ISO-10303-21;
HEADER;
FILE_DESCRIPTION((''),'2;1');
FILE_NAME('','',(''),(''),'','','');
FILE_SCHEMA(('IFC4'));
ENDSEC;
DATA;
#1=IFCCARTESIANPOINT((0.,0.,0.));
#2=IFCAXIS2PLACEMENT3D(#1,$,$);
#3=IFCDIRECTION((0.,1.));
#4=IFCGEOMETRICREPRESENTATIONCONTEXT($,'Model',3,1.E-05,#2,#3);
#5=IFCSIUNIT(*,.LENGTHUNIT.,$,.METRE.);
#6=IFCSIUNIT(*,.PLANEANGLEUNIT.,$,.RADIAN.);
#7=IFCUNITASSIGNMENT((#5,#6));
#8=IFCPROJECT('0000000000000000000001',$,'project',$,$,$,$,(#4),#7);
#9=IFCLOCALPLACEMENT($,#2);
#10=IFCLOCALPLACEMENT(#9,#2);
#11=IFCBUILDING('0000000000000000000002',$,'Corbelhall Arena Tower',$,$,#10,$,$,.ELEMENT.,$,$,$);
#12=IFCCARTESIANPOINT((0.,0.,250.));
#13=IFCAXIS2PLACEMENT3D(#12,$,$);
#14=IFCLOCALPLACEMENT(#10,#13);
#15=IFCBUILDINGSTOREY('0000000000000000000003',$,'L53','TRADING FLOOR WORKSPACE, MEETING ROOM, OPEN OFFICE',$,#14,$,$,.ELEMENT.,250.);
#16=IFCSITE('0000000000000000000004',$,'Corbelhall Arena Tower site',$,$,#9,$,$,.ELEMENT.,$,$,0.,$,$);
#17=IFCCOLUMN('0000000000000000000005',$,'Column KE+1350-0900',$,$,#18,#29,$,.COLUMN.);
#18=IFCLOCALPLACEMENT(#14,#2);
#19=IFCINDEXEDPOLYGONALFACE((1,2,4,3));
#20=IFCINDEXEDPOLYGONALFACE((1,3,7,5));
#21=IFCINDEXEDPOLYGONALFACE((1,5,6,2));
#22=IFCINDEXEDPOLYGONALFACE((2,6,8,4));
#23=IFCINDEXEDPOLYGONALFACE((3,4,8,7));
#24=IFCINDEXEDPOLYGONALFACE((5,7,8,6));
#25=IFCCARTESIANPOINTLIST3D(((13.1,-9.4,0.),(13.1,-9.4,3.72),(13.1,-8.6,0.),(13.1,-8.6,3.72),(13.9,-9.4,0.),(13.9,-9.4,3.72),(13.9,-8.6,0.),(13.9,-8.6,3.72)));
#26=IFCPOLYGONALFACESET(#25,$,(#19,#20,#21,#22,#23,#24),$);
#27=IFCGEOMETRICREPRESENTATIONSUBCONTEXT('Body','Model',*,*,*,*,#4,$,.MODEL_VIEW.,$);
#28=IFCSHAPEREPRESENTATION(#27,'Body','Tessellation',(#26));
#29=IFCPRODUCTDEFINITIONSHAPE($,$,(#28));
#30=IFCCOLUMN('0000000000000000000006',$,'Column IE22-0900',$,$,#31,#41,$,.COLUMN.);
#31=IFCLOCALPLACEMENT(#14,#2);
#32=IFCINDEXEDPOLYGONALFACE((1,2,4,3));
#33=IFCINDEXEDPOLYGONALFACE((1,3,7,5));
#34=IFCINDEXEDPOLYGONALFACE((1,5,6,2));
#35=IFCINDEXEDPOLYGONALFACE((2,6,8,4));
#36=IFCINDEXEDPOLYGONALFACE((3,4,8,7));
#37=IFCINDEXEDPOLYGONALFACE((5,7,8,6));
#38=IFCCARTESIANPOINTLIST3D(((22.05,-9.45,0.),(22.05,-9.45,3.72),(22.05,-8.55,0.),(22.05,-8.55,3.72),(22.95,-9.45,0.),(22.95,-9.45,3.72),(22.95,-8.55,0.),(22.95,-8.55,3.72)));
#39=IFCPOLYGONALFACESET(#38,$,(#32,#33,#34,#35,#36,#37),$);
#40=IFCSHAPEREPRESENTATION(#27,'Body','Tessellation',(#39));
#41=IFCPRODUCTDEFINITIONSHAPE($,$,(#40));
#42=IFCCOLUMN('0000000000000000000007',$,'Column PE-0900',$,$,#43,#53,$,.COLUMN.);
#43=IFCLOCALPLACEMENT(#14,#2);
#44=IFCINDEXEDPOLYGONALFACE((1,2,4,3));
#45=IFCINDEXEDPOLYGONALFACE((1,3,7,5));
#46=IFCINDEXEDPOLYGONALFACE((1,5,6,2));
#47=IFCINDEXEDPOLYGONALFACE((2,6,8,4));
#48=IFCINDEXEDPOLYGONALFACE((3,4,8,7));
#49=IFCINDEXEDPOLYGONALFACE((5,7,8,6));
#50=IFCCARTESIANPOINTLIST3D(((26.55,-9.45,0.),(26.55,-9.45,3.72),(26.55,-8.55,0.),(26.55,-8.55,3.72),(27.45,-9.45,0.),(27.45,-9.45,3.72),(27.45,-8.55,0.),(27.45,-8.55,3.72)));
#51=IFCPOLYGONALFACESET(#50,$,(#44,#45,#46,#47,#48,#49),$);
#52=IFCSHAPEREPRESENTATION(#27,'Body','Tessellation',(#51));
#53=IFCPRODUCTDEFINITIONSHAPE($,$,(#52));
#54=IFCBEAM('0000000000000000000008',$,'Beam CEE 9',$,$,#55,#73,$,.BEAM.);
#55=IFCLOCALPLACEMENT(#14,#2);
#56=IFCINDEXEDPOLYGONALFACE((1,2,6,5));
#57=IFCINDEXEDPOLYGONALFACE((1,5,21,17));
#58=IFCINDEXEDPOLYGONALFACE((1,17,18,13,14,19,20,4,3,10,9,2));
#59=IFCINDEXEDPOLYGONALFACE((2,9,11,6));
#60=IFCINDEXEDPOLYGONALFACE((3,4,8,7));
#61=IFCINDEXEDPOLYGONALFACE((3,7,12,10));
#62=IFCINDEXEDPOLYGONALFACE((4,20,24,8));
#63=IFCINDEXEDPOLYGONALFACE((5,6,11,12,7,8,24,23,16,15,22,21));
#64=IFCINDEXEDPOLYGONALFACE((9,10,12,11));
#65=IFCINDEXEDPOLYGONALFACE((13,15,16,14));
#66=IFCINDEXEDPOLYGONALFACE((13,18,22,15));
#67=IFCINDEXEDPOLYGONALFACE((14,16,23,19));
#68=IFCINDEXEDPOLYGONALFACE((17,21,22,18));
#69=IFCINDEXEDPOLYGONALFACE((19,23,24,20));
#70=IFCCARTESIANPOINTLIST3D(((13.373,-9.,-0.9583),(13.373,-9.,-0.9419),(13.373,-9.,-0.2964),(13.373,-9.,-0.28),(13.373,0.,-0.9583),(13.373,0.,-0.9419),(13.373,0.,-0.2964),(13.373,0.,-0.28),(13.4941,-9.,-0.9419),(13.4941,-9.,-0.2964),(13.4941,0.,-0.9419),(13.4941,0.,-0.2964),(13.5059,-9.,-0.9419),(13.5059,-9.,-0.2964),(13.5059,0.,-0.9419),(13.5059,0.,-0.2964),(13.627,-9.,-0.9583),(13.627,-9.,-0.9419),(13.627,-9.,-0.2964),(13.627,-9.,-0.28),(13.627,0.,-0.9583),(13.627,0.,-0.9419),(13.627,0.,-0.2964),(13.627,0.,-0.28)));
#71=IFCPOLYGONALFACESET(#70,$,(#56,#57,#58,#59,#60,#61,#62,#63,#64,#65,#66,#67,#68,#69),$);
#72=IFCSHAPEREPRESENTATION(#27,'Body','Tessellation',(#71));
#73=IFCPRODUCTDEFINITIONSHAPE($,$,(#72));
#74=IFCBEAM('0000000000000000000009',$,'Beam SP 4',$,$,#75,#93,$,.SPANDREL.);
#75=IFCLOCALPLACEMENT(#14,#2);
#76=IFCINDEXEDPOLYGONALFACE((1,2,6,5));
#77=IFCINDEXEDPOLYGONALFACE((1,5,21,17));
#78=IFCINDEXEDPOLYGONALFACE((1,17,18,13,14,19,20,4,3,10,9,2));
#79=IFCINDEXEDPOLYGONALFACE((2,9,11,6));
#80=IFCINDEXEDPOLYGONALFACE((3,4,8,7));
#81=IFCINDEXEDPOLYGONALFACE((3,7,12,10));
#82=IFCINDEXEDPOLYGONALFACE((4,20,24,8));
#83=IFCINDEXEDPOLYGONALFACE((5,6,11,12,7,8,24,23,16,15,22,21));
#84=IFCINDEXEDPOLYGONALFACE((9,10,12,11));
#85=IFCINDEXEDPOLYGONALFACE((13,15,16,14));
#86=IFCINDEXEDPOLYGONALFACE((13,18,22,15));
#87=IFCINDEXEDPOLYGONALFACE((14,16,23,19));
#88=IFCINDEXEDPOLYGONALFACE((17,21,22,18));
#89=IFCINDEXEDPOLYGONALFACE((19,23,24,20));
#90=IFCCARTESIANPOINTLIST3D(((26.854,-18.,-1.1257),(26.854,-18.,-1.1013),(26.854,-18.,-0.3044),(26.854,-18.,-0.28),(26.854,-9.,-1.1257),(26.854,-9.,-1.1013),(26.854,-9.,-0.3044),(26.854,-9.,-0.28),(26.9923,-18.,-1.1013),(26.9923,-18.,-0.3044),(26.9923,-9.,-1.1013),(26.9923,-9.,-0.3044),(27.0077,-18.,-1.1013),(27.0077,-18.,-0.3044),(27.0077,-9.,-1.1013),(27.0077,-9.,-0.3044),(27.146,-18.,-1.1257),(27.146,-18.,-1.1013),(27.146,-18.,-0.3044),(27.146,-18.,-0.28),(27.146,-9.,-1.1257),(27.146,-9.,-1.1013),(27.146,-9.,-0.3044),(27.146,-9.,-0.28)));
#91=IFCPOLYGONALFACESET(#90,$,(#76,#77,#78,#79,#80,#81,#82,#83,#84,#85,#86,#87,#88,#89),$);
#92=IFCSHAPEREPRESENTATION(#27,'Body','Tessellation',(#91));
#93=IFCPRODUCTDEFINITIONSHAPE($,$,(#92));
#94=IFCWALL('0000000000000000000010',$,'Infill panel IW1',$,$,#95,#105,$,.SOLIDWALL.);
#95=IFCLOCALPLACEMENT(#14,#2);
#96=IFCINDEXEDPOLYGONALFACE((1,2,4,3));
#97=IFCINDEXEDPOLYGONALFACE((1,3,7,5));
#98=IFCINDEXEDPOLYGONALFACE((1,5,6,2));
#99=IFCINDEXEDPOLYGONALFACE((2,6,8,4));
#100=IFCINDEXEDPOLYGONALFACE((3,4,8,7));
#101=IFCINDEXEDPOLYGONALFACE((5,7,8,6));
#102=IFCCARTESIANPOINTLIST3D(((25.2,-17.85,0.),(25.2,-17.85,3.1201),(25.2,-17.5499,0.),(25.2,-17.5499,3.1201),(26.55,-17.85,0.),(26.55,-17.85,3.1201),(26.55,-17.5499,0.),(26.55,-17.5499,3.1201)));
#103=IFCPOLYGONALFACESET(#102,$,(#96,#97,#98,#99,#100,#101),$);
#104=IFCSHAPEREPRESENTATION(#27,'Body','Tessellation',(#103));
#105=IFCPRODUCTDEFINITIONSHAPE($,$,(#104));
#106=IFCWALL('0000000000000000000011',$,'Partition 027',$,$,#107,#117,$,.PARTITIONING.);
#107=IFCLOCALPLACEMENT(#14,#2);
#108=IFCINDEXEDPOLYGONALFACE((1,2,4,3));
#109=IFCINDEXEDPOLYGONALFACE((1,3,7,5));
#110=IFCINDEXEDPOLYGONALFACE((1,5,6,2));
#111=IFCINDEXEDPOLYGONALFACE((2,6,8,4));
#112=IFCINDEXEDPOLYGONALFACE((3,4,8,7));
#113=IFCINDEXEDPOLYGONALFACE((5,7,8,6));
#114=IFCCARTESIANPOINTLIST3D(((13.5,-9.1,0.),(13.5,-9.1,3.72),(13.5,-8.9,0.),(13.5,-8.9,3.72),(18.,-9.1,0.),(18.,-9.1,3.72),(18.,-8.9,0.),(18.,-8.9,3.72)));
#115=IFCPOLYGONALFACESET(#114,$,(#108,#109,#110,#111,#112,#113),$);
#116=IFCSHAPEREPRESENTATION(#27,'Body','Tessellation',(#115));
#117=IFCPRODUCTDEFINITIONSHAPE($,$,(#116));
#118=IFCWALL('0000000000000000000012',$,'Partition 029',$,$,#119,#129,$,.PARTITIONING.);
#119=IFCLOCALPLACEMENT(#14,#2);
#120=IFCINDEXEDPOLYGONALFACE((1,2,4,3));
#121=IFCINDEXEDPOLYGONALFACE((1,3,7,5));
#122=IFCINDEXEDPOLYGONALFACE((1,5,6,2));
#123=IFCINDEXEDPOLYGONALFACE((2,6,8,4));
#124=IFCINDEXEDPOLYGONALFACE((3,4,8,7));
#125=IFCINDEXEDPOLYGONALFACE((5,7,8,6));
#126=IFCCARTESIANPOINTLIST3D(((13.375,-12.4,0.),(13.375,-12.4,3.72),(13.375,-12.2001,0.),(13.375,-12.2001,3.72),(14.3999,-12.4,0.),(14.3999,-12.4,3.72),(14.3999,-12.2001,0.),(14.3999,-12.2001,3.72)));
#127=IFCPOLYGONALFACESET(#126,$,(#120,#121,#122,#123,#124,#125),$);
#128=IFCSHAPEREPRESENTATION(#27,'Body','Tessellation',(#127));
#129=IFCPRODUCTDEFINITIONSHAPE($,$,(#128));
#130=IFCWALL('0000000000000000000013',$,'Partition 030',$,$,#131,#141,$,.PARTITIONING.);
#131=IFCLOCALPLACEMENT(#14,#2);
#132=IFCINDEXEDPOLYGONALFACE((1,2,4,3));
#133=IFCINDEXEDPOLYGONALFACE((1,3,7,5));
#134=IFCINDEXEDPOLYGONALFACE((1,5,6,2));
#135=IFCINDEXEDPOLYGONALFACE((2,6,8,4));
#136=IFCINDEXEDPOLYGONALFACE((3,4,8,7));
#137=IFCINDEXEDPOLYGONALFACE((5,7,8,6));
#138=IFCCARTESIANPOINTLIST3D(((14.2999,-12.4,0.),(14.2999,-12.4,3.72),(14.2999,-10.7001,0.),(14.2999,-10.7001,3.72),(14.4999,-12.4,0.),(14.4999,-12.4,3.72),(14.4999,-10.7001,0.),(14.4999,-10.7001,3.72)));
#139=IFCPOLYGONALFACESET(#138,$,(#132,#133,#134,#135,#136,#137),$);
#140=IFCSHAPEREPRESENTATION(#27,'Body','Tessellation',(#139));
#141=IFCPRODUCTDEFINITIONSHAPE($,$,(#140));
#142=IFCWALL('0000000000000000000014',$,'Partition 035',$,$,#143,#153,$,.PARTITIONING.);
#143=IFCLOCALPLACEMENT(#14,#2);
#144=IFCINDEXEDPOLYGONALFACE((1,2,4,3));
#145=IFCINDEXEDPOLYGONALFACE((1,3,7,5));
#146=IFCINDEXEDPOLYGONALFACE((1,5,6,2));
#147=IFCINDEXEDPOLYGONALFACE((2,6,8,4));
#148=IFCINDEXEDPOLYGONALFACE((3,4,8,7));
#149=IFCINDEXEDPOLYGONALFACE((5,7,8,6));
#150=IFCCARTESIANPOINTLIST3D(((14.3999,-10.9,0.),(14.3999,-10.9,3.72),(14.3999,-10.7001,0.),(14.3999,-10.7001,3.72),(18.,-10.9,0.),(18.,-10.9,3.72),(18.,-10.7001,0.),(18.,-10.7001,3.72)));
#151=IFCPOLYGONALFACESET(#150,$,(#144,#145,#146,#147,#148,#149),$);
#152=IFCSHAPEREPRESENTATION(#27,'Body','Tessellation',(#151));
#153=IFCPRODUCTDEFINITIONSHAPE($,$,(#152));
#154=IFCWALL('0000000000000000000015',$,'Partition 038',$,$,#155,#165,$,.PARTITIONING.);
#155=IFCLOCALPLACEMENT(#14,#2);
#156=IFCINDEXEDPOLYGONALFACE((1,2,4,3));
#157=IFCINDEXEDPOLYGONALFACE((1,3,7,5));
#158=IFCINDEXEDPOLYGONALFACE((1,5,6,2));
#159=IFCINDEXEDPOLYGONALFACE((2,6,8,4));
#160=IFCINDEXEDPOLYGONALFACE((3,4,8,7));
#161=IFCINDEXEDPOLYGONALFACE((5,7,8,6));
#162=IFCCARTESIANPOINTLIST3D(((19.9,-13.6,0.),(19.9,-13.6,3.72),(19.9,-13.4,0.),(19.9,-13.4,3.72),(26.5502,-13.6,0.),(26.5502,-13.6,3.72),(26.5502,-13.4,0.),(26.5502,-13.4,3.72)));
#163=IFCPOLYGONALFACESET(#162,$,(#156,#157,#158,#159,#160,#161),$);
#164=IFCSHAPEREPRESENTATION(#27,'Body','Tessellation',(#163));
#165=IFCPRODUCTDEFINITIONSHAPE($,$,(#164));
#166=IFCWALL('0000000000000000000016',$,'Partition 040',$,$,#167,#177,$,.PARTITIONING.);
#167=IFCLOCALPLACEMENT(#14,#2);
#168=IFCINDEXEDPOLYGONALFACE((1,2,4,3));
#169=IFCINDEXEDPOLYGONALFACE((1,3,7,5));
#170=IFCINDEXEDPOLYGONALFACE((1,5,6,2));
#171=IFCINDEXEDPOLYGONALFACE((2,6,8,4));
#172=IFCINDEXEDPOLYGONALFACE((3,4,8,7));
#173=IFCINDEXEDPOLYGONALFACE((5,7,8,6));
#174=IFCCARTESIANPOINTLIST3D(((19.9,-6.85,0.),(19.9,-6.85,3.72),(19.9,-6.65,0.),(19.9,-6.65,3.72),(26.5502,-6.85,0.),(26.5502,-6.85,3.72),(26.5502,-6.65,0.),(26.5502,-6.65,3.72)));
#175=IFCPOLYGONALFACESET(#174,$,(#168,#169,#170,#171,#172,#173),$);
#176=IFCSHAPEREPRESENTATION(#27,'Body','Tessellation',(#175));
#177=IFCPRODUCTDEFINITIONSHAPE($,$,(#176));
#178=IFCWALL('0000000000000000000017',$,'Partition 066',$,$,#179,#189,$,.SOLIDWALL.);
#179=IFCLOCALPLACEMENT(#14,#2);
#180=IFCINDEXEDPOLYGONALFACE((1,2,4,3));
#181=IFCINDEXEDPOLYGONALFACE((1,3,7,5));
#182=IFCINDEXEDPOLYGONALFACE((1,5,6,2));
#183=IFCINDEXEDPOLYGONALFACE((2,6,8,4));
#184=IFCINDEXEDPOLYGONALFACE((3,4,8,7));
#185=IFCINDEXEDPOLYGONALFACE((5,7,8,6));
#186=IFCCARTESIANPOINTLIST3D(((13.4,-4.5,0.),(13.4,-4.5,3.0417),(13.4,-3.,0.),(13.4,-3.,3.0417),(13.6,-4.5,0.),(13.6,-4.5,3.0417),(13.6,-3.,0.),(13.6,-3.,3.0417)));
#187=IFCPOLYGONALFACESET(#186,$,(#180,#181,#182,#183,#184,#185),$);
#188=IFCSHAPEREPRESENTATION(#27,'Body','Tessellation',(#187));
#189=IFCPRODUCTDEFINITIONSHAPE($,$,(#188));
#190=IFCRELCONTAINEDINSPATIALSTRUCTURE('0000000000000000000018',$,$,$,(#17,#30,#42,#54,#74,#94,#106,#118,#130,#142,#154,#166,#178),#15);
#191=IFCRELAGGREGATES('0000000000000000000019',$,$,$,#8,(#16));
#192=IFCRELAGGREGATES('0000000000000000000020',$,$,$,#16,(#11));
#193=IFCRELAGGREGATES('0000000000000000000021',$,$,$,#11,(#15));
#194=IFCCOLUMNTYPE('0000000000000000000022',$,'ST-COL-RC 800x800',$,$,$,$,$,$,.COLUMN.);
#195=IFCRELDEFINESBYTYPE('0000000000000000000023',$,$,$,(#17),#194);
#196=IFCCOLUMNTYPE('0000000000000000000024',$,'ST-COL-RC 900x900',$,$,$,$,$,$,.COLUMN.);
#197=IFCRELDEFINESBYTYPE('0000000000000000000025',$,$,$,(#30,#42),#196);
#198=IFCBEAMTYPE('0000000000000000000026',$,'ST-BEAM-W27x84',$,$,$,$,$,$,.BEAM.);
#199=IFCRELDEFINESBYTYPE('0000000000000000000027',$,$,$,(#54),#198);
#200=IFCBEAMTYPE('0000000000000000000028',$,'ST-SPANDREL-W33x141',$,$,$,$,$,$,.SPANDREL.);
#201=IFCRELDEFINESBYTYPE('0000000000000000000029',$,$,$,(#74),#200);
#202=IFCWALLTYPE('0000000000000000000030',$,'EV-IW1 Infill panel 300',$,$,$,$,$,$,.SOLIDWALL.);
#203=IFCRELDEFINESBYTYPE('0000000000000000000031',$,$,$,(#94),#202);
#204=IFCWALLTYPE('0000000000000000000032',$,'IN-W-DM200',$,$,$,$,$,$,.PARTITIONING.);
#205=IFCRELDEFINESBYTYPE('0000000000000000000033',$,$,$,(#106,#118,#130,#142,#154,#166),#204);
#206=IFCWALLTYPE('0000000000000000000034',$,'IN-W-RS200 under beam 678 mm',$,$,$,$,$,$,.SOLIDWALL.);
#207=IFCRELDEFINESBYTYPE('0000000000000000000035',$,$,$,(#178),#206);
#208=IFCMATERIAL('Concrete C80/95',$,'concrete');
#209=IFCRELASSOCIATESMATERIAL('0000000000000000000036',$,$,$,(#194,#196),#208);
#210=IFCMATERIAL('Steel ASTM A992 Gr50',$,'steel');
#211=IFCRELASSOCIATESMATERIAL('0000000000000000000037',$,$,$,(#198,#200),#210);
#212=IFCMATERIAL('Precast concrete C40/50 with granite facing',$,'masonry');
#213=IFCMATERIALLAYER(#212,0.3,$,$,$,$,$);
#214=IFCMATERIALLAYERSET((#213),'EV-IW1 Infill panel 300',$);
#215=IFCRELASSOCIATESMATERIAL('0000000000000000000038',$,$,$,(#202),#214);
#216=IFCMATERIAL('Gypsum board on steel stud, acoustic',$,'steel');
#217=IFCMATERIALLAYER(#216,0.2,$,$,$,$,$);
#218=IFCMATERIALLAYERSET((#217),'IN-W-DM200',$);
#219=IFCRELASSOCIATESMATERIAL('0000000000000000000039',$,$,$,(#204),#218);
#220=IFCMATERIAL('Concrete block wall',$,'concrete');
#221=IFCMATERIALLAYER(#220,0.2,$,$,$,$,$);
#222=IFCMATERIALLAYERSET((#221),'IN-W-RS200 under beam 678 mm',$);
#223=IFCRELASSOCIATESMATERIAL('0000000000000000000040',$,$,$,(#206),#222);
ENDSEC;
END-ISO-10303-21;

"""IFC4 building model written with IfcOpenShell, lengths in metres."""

from ifc_helpers import new_model, si_unit, direction, frame, frame_2d, origin, origin_2d, place, context, subcontext, project, spatial, rectangle, i_section, extrude, material, layer, layer_set, material_profile, profile_set, type_object, element, save


model = new_model("IFC4")

# Units and contexts
model_context = context("Model", 3, precision=1e-05, world=origin(), true_north=direction((0.0, 1.0)))
body_context = subcontext(model_context, "Body", "Model", "MODEL_VIEW")
ifc_project = project(units=[si_unit("LENGTHUNIT", "METRE"), si_unit("PLANEANGLEUNIT", "RADIAN")], contexts=[model_context])

# Site, building, storey
site_placement = place(None, origin())
site = spatial("IfcSite", under=ifc_project, at=site_placement, Name="Corbelhall Arena Tower site", CompositionType="ELEMENT", RefElevation=0.0)
building_placement = place(site_placement, origin())
building = spatial("IfcBuilding", under=site, at=building_placement, Name="Corbelhall Arena Tower", CompositionType="ELEMENT")
storey_placement = place(building_placement, frame((0.0, 0.0, 250.0)))
storey = spatial("IfcBuildingStorey", under=building, at=storey_placement, Name="L53", Description="TRADING FLOOR WORKSPACE, MEETING ROOM, OPEN OFFICE", CompositionType="ELEMENT", Elevation=250.0)

# Columns
ifc_material_1 = material(Name="Concrete C80/95", Category="concrete")
ifc_material_profile_1 = material_profile(ifc_material_1, rectangle(XDim=0.8, YDim=0.8, at=origin_2d()))
ifc_profile_set_1 = profile_set([ifc_material_profile_1], Name="Concrete C80/95")
column_type_1 = type_object("IfcColumnType", Name="ST-COL-RC 800x800", PredefinedType="COLUMN", material=ifc_profile_set_1)
column_placement = place(storey_placement, frame((13.5, -9.0, 0.0), z_axis=(0.0, 0.0, 1.0), x_axis=(1.0, 0.0, 0.0)))
element("IfcColumn", 1, at=column_placement, inside=storey, type_object=column_type_1, Name="Column KE+1350-0900", PredefinedType="COLUMN", context=body_context, shape_type="SweptSolid", body=[
    extrude(rectangle(XDim=0.8, YDim=0.8, at=origin_2d()), origin(), (0.0, 0.0, 1.0), 3.72),
])
ifc_material_profile_2 = material_profile(ifc_material_1, rectangle(XDim=0.8999, YDim=0.8999, at=origin_2d()))
ifc_profile_set_2 = profile_set([ifc_material_profile_2], Name="Concrete C80/95")
column_type_2 = type_object("IfcColumnType", Name="ST-COL-RC 900x900", PredefinedType="COLUMN", material=ifc_profile_set_2)
for number, where, z_axis, x_axis, name in (
    (2, (22.5, -9.0, 0.0), (0.0, 0.0, 1.0), (1.0, 0.0, 0.0), "Column IE22-0900"),
    (3, (27.0, -9.0, 0.0), (0.0, 0.0, 1.0), (0.0, 1.0, 0.0), "Column PE-0900"),
):
    element("IfcColumn", number, at=place(storey_placement, frame(where, z_axis=z_axis, x_axis=x_axis)), inside=storey, type_object=column_type_2, Name=name, PredefinedType="COLUMN", context=body_context, shape_type="SweptSolid", body=[
        extrude(rectangle(XDim=0.8999, YDim=0.8999, at=origin_2d()), origin(), (0.0, 0.0, 1.0), 3.72),
    ])

# Beams
ifc_material_2 = material(Name="Steel ASTM A992 Gr50", Category="steel")
ifc_material_profile_3 = material_profile(ifc_material_2, i_section(OverallWidth=0.2539, OverallDepth=0.6782, WebThickness=0.0117, FlangeThickness=0.0164, at=origin_2d()))
ifc_profile_set_3 = profile_set([ifc_material_profile_3], Name="Steel ASTM A992 Gr50")
beam_type_1 = type_object("IfcBeamType", Name="ST-BEAM-W27x84", PredefinedType="BEAM", material=ifc_profile_set_3)
beam_1_placement = place(storey_placement, frame((13.5, -9.0, -0.6191), z_axis=(0.0, 1.0, 0.0), x_axis=(-1.0, 0.0, 0.0)))
element("IfcBeam", 4, at=beam_1_placement, inside=storey, type_object=beam_type_1, Name="Beam CEE 9", PredefinedType="BEAM", context=body_context, shape_type="SweptSolid", body=[
    extrude(i_section(OverallWidth=0.2539, OverallDepth=0.6782, WebThickness=0.0117, FlangeThickness=0.0164, at=origin_2d()), origin(), (0.0, 0.0, 1.0), 9.0),
])
ifc_material_profile_4 = material_profile(ifc_material_2, i_section(OverallWidth=0.292, OverallDepth=0.8457, WebThickness=0.0154, FlangeThickness=0.0244, at=origin_2d()))
ifc_profile_set_4 = profile_set([ifc_material_profile_4], Name="Steel ASTM A992 Gr50")
beam_type_2 = type_object("IfcBeamType", Name="ST-SPANDREL-W33x141", PredefinedType="SPANDREL", material=ifc_profile_set_4)
beam_2_placement = place(storey_placement, frame((27.0, -9.0, -0.7029), z_axis=(0.0, -1.0, 0.0), x_axis=(1.0, 0.0, 0.0)))
element("IfcBeam", 5, at=beam_2_placement, inside=storey, type_object=beam_type_2, Name="Beam SP 4", PredefinedType="SPANDREL", context=body_context, shape_type="SweptSolid", body=[
    extrude(i_section(OverallWidth=0.292, OverallDepth=0.8457, WebThickness=0.0154, FlangeThickness=0.0244, at=origin_2d()), origin(), (0.0, 0.0, 1.0), 9.0),
])

# Wall
ifc_material_3 = material(Name="Precast concrete C40/50 with granite facing", Category="masonry")
ifc_layer_1 = layer(ifc_material_3, 0.3)
ifc_layer_set_1 = layer_set([ifc_layer_1], Name="EV-IW1 Infill panel 300")
wall_type_1 = type_object("IfcWallType", Name="EV-IW1 Infill panel 300", PredefinedType="SOLIDWALL", material=ifc_layer_set_1)
wall_1_placement = place(storey_placement, frame((25.2, -17.7, 0.0), z_axis=(0.0, 0.0, 1.0), x_axis=(1.0, 0.0, 0.0)))
element("IfcWall", 6, at=wall_1_placement, inside=storey, type_object=wall_type_1, Name="Infill panel IW1", PredefinedType="SOLIDWALL", context=body_context, shape_type="SweptSolid", body=[
    extrude(rectangle(XDim=1.3501, YDim=0.3, at=frame_2d((0.675, 0.0))), origin(), (0.0, 0.0, 1.0), 3.1201),
])

# Walls
ifc_material_4 = material(Name="Gypsum board on steel stud, acoustic", Category="steel")
ifc_layer_2 = layer(ifc_material_4, 0.2)
ifc_layer_set_2 = layer_set([ifc_layer_2], Name="IN-W-DM200")
wall_type_2 = type_object("IfcWallType", Name="IN-W-DM200", PredefinedType="PARTITIONING", material=ifc_layer_set_2)
wall_2_placement = place(storey_placement, frame((13.5, -9.0, 0.0), z_axis=(0.0, 0.0, 1.0), x_axis=(1.0, 0.0, 0.0)))
element("IfcWall", 7, at=wall_2_placement, inside=storey, type_object=wall_type_2, Name="Partition 027", PredefinedType="PARTITIONING", context=body_context, shape_type="SweptSolid", body=[
    extrude(rectangle(XDim=4.5, YDim=0.2, at=frame_2d((2.25, 0.0))), origin(), (0.0, 0.0, 1.0), 3.72),
])
wall_3_placement = place(storey_placement, frame((14.3999, -12.3, 0.0), z_axis=(0.0, 0.0, 1.0), x_axis=(-1.0, 0.0, 0.0)))
element("IfcWall", 8, at=wall_3_placement, inside=storey, type_object=wall_type_2, Name="Partition 029", PredefinedType="PARTITIONING", context=body_context, shape_type="SweptSolid", body=[
    extrude(rectangle(XDim=1.0249, YDim=0.2, at=frame_2d((0.5125, 0.0))), origin(), (0.0, 0.0, 1.0), 3.72),
])
wall_4_placement = place(storey_placement, frame((14.3999, -10.7, 0.0), z_axis=(0.0, 0.0, 1.0), x_axis=(0.0, -1.0, 0.0)))
element("IfcWall", 9, at=wall_4_placement, inside=storey, type_object=wall_type_2, Name="Partition 030", PredefinedType="PARTITIONING", context=body_context, shape_type="SweptSolid", body=[
    extrude(rectangle(XDim=1.7, YDim=0.2, at=frame_2d((0.8501, 0.0))), origin(), (0.0, 0.0, 1.0), 3.72),
])
wall_5_placement = place(storey_placement, frame((18.0, -10.8, 0.0), z_axis=(0.0, 0.0, 1.0), x_axis=(-1.0, 0.0, 0.0)))
element("IfcWall", 10, at=wall_5_placement, inside=storey, type_object=wall_type_2, Name="Partition 035", PredefinedType="PARTITIONING", context=body_context, shape_type="SweptSolid", body=[
    extrude(rectangle(XDim=3.6001, YDim=0.2, at=frame_2d((1.8, 0.0))), origin(), (0.0, 0.0, 1.0), 3.72),
])

# Walls
for number, where, z_axis, x_axis, name in (
    (11, (19.8999, -13.5, 0.0), (0.0, 0.0, 1.0), (1.0, 0.0, 0.0), "Partition 038"),
    (12, (19.8999, -6.75, 0.0), (0.0, 0.0, 1.0), (1.0, 0.0, 0.0), "Partition 040"),
):
    element("IfcWall", number, at=place(storey_placement, frame(where, z_axis=z_axis, x_axis=x_axis)), inside=storey, type_object=wall_type_2, Name=name, PredefinedType="PARTITIONING", context=body_context, shape_type="SweptSolid", body=[
        extrude(rectangle(XDim=6.6501, YDim=0.2, at=frame_2d((3.3252, 0.0))), origin(), (0.0, 0.0, 1.0), 3.72),
    ])
ifc_material_5 = material(Name="Concrete block wall", Category="concrete")
ifc_layer_3 = layer(ifc_material_5, 0.2)
ifc_layer_set_3 = layer_set([ifc_layer_3], Name="IN-W-RS200 under beam 678 mm")
wall_type_3 = type_object("IfcWallType", Name="IN-W-RS200 under beam 678 mm", PredefinedType="SOLIDWALL", material=ifc_layer_set_3)
wall_6_placement = place(storey_placement, frame((13.5, -3.0, 0.0), z_axis=(0.0, 0.0, 1.0), x_axis=(0.0, -1.0, 0.0)))
element("IfcWall", 13, at=wall_6_placement, inside=storey, type_object=wall_type_3, Name="Partition 066", PredefinedType="SOLIDWALL", context=body_context, shape_type="SweptSolid", body=[
    extrude(rectangle(XDim=1.5, YDim=0.2, at=frame_2d((0.75, 0.0))), origin(), (0.0, 0.0, 1.0), 3.0417),
])

save(model, "model.ifc")
